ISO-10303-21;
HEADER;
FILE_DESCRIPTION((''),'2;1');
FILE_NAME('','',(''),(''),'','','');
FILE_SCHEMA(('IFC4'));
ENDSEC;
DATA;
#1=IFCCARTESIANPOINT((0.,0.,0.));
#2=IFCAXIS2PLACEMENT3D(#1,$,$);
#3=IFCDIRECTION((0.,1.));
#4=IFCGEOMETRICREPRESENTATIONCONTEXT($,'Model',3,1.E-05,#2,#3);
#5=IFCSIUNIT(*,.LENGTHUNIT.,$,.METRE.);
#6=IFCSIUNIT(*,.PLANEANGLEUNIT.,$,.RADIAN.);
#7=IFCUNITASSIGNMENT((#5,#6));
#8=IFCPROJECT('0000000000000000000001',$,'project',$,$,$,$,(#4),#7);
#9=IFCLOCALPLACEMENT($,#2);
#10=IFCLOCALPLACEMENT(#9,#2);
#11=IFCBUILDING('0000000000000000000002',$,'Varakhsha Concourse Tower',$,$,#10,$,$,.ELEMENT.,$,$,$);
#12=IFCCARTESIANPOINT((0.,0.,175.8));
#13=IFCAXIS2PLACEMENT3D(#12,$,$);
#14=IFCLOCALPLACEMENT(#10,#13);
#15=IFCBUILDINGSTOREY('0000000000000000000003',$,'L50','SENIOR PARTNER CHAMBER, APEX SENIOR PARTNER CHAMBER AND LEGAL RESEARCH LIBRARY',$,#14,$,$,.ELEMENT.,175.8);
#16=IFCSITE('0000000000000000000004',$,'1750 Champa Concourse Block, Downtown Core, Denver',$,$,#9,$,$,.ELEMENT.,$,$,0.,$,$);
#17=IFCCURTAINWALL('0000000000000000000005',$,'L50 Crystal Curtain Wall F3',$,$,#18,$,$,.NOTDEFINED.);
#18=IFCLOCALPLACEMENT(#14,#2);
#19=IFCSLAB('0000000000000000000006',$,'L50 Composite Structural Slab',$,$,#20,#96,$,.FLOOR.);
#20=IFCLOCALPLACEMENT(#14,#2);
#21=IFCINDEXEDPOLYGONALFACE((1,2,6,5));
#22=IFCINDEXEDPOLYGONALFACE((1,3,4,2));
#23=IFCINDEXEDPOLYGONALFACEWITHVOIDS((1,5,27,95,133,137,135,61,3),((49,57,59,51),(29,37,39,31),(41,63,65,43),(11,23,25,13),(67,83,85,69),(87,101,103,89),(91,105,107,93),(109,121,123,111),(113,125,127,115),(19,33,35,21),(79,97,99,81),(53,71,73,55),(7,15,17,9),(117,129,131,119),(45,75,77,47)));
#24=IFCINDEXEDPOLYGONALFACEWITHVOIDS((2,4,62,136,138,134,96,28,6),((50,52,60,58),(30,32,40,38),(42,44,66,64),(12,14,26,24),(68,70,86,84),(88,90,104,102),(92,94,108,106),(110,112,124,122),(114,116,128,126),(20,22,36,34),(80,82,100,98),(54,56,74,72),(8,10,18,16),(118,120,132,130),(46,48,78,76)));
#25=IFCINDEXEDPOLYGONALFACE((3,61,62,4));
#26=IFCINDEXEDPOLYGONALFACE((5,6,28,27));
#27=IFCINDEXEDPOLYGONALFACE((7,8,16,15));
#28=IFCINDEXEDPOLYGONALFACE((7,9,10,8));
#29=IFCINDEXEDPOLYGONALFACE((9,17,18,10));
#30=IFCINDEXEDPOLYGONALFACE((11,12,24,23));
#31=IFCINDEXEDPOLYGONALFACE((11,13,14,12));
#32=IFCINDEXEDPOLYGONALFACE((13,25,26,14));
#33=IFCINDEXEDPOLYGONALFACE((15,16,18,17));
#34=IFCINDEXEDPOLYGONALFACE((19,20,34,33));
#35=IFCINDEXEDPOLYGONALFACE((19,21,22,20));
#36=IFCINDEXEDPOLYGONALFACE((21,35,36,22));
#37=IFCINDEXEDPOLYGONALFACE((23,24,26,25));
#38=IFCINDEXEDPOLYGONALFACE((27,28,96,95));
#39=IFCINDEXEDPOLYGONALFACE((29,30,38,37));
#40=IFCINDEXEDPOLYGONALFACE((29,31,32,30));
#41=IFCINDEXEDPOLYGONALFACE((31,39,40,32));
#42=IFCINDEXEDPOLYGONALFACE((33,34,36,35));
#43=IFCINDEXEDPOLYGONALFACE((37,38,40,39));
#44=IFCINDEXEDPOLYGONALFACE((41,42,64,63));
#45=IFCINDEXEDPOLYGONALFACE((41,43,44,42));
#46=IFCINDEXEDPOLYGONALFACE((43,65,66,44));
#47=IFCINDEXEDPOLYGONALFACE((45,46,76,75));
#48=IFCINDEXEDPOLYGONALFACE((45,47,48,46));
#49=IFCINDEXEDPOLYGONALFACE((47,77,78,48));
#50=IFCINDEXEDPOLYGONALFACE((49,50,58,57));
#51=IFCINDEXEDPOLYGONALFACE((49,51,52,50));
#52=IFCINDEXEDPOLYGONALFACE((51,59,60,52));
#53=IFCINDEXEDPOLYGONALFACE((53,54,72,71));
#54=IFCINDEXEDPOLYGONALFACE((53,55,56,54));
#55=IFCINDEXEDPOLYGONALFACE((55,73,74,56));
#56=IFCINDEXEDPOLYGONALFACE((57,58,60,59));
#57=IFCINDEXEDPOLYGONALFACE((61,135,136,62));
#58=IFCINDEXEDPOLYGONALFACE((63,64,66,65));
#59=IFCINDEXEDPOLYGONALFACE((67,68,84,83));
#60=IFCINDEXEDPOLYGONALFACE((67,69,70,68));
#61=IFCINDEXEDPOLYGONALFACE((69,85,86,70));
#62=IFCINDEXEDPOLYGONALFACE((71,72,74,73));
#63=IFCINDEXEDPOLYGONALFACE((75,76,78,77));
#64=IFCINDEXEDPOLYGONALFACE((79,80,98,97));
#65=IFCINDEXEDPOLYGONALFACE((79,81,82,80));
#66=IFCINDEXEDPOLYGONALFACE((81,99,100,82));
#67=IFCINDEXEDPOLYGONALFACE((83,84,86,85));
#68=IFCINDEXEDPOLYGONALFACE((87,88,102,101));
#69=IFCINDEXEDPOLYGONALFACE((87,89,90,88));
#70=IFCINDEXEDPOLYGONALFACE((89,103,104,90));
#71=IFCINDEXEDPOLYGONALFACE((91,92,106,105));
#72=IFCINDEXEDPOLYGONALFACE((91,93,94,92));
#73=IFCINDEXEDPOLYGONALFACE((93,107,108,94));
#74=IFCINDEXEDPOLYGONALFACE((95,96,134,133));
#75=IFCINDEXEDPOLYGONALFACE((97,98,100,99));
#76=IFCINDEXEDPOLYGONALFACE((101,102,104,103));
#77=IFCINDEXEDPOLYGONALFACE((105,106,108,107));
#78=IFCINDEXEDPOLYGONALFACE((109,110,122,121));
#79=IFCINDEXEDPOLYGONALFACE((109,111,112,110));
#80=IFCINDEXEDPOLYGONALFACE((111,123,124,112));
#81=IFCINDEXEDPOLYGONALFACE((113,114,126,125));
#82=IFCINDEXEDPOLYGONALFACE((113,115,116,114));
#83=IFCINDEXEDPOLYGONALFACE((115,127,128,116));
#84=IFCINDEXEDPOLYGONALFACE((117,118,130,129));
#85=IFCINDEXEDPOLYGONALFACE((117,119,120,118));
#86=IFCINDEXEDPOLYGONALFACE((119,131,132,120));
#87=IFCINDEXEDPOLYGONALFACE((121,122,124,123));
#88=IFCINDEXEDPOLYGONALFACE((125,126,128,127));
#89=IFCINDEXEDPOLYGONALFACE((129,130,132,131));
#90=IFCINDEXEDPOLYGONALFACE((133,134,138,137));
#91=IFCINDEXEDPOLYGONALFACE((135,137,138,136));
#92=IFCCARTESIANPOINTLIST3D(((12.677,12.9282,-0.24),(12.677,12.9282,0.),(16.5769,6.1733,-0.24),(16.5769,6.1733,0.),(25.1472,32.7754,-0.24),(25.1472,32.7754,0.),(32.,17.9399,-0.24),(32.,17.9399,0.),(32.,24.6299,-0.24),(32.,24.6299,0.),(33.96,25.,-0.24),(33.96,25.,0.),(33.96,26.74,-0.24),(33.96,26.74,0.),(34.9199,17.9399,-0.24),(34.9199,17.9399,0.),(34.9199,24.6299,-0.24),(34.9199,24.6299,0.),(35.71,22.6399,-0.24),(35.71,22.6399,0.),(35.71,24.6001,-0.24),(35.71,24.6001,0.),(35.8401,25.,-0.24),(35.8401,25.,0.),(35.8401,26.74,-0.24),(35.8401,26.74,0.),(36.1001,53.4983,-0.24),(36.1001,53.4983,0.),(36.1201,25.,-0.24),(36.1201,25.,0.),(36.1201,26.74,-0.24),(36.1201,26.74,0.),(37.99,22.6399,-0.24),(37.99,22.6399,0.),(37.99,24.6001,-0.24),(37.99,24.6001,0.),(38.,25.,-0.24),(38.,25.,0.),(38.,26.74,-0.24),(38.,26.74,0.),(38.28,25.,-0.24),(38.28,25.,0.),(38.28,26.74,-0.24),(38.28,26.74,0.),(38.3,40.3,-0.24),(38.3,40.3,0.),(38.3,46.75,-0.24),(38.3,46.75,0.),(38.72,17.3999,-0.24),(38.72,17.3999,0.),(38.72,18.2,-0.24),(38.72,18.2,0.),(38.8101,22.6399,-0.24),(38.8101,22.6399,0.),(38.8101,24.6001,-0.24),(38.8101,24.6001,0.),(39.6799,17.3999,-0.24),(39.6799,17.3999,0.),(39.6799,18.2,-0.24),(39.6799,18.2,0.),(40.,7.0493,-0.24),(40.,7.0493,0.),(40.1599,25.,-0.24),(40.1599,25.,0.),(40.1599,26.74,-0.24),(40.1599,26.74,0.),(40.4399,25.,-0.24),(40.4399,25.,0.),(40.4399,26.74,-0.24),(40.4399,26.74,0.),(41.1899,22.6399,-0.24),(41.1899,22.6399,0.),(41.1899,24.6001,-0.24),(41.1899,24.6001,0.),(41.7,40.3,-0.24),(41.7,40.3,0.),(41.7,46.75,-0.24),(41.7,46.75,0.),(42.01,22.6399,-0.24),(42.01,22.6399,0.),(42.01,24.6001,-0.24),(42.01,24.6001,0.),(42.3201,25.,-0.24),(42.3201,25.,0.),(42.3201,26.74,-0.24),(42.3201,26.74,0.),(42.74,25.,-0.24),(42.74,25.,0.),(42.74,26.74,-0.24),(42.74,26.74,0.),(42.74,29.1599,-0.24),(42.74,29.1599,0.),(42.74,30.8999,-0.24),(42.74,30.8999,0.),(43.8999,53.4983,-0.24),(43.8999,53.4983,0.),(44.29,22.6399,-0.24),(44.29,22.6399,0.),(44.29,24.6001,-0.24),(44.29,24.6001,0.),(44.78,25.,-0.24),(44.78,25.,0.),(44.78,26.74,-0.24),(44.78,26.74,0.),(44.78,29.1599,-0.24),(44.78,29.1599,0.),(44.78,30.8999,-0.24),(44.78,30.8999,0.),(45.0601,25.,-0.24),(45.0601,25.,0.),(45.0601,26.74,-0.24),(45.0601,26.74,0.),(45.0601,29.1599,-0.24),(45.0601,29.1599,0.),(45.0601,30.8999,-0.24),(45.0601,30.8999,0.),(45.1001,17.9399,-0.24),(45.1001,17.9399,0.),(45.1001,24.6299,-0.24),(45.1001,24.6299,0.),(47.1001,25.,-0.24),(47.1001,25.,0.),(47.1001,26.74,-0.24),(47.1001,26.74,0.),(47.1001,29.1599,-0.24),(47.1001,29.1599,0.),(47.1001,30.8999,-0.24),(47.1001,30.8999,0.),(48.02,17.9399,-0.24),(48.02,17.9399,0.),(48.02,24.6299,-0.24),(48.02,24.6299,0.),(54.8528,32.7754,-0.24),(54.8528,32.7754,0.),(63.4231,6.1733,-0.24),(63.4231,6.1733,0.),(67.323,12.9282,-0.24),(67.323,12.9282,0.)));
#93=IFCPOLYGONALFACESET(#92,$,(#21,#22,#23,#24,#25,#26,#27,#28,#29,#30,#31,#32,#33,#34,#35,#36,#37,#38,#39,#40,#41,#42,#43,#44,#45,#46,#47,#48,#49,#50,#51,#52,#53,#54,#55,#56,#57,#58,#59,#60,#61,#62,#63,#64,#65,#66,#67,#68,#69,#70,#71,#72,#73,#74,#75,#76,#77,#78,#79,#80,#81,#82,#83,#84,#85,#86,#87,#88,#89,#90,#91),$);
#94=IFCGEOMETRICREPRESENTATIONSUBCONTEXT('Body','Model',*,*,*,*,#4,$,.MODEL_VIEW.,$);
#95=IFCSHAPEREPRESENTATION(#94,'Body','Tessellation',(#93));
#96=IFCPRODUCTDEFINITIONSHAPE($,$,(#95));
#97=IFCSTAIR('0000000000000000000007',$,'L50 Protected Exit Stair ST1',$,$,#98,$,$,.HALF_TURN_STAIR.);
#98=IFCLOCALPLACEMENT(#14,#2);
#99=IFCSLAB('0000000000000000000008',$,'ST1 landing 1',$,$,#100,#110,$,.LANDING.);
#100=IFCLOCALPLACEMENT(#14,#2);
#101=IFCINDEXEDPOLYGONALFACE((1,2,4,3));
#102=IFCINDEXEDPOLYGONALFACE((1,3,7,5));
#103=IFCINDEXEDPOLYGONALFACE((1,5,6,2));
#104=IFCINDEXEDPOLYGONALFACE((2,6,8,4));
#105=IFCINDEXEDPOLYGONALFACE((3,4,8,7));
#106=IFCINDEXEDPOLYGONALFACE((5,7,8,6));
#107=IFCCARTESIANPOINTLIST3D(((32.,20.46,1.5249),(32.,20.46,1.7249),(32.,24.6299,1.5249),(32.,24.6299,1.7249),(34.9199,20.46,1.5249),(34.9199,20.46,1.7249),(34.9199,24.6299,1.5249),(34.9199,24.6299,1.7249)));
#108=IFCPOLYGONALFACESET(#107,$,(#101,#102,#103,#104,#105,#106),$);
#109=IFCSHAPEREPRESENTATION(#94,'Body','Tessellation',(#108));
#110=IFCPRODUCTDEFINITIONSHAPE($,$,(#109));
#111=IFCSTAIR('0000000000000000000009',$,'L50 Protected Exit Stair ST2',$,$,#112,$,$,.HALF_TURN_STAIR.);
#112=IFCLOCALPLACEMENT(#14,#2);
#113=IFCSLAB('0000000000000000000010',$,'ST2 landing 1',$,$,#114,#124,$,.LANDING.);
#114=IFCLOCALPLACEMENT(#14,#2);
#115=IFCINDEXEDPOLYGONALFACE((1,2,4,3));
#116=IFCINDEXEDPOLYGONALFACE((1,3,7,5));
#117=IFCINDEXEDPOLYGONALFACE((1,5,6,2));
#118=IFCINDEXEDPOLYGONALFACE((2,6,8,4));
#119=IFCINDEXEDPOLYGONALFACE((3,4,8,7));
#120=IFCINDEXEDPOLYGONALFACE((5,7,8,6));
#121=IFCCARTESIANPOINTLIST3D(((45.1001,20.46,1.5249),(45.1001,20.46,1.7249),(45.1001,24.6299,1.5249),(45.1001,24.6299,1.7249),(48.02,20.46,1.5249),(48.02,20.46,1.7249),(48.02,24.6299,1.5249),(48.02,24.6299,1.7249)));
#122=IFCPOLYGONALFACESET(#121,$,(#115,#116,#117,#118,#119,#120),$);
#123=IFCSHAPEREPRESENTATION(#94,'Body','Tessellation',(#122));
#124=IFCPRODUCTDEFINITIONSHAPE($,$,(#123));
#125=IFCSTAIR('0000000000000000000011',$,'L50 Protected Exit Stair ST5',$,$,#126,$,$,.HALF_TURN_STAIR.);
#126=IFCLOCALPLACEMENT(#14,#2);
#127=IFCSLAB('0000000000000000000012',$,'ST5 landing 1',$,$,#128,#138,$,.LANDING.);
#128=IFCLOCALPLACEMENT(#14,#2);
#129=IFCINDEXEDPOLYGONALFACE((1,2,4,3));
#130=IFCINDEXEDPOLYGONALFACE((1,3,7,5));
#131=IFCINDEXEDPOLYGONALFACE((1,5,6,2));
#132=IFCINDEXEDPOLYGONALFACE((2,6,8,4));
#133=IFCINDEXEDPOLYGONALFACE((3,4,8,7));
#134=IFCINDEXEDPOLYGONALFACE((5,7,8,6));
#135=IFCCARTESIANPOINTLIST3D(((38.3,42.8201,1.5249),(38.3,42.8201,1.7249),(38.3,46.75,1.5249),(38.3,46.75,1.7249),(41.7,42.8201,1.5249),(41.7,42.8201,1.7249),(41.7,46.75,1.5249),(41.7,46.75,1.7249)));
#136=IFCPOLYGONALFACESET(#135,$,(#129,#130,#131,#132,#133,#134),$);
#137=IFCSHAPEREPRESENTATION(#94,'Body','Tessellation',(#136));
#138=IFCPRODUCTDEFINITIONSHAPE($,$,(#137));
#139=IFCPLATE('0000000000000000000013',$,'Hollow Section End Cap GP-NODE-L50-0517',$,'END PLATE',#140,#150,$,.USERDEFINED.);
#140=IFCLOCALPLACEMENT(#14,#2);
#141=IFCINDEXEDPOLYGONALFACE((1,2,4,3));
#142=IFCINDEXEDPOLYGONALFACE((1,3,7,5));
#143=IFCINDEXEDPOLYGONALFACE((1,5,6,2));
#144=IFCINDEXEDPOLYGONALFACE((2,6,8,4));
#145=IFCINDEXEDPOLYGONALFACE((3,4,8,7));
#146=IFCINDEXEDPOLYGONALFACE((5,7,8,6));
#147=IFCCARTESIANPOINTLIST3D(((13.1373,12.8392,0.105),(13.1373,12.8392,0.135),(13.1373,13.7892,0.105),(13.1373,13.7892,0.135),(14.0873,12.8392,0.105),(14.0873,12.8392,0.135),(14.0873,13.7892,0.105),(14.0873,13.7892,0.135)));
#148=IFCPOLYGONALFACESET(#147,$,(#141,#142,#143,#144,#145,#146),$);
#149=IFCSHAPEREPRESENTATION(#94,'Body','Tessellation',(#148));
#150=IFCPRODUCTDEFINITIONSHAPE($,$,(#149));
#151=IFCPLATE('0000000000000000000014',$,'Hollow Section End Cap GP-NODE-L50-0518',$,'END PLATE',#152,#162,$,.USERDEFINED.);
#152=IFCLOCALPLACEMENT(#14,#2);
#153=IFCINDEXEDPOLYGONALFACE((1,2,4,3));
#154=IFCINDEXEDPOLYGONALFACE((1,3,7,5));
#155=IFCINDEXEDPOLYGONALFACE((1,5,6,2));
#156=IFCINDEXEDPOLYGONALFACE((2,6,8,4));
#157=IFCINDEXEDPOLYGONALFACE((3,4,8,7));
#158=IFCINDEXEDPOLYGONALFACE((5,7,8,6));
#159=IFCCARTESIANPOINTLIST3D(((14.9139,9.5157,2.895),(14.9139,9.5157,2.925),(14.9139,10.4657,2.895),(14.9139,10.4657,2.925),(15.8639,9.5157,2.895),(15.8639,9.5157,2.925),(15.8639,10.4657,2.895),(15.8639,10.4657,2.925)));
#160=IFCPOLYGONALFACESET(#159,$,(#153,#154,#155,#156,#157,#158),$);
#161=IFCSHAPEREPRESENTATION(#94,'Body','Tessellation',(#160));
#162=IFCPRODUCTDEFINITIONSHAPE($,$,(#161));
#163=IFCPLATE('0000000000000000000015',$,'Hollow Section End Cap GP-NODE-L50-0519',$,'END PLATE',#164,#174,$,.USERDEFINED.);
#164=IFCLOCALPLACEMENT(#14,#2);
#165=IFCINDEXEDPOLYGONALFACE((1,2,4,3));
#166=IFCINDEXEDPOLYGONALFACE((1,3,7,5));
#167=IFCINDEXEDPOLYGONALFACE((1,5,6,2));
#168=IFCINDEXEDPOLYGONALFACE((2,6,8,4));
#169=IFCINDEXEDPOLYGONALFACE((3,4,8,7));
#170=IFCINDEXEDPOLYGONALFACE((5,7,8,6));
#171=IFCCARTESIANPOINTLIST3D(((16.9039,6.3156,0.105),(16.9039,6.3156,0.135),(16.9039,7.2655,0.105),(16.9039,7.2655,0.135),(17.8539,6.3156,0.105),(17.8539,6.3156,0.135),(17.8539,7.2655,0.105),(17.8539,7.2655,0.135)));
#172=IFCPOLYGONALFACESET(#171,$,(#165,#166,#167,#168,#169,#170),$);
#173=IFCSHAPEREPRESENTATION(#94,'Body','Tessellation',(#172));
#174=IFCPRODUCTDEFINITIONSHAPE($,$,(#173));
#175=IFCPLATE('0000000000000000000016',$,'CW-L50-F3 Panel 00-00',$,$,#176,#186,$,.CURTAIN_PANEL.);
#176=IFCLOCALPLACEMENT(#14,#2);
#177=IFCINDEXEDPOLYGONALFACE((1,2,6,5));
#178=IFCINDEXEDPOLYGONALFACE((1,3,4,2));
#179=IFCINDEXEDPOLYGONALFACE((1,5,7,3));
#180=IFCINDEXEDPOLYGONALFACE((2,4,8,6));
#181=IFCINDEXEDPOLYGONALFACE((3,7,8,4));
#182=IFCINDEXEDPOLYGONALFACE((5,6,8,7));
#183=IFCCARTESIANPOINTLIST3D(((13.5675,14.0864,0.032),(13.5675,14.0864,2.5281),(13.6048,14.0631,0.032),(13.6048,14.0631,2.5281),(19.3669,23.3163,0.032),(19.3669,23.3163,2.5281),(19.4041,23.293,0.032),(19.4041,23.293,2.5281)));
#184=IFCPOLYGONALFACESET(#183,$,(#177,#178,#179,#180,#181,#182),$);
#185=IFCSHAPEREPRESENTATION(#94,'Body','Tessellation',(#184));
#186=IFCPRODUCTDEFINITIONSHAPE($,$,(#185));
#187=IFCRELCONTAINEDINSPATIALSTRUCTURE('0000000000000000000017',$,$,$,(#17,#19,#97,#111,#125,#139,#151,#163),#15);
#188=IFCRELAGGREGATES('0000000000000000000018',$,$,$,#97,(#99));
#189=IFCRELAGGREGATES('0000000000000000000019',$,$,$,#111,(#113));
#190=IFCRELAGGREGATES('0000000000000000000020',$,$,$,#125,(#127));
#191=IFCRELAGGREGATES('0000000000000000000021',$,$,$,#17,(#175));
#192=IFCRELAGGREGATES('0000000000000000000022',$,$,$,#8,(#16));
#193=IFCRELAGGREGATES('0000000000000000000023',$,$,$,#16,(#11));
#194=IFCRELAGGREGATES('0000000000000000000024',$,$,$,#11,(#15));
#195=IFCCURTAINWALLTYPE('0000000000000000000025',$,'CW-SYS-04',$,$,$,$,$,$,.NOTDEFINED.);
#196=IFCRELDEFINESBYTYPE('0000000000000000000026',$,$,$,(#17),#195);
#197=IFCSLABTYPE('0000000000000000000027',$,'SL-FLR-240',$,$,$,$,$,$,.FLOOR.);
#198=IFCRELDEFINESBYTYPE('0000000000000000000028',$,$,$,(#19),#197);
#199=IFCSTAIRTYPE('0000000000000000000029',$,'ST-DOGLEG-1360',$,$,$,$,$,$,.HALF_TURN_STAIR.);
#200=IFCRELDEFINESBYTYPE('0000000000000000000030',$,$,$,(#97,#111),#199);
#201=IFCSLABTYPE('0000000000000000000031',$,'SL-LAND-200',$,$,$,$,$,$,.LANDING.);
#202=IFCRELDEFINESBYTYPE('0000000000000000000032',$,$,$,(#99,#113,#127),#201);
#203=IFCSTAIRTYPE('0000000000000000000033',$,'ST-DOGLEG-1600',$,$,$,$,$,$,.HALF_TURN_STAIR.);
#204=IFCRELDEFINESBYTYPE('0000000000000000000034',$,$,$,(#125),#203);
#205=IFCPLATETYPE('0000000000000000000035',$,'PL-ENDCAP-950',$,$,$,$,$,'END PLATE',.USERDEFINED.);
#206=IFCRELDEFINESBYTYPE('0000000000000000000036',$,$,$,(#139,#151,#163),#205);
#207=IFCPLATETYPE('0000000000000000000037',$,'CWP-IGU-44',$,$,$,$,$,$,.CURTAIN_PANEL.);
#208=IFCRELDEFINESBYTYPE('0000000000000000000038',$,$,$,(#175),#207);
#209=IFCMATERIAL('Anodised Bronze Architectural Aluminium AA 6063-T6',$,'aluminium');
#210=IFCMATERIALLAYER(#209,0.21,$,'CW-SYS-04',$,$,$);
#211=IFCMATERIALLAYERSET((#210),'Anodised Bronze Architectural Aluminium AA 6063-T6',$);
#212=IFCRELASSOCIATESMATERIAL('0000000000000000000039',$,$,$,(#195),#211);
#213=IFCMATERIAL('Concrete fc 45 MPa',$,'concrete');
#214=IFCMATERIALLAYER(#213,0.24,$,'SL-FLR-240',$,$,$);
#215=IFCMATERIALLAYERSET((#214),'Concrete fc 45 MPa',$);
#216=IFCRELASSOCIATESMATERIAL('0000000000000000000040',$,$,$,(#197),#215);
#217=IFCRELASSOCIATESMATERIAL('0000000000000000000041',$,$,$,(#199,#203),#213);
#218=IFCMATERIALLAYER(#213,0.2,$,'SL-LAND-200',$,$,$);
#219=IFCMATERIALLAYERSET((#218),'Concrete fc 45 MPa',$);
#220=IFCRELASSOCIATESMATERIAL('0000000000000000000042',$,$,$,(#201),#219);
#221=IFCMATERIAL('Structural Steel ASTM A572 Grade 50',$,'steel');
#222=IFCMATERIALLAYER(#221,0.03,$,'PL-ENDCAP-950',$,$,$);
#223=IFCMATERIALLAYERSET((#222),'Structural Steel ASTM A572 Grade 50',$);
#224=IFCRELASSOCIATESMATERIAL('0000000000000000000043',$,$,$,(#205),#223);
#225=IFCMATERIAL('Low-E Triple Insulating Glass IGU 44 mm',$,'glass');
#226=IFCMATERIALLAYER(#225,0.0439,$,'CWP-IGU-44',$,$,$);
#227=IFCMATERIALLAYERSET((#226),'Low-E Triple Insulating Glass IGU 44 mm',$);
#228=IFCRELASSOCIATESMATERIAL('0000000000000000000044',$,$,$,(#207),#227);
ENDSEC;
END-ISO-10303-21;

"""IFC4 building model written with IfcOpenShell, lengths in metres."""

from ifc_helpers import new_model, si_unit, direction, frame, origin, origin_2d, place, context, subcontext, project, spatial, polyline, rectangle, outline, extrude, source, transform, mapped, material, layer, layer_set, type_object, type_shapes, element, aggregate, save


model = new_model("IFC4")

# Units and contexts
model_context = context("Model", 3, precision=1e-05, world=origin(), true_north=direction((0.0, 1.0)))
body_context = subcontext(model_context, "Body", "Model", "MODEL_VIEW")
ifc_project = project(units=[si_unit("LENGTHUNIT", "METRE"), si_unit("PLANEANGLEUNIT", "RADIAN")], contexts=[model_context])

# Site, building, storey
site_placement = place(None, origin())
site = spatial("IfcSite", under=ifc_project, at=site_placement, Name="1750 Champa Concourse Block, Downtown Core, Denver", CompositionType="ELEMENT", RefElevation=0.0)
building_placement = place(site_placement, origin())
building = spatial("IfcBuilding", under=site, at=building_placement, Name="Varakhsha Concourse Tower", CompositionType="ELEMENT")
storey_placement = place(building_placement, frame((0.0, 0.0, 175.8)))
storey = spatial("IfcBuildingStorey", under=building, at=storey_placement, Name="L50", Description="SENIOR PARTNER CHAMBER, APEX SENIOR PARTNER CHAMBER AND LEGAL RESEARCH LIBRARY", CompositionType="ELEMENT", Elevation=175.8)

# Shared definitions
ifc_material_1 = material(Name="Structural Steel ASTM A572 Grade 50", Category="steel")

# Curtain wall
ifc_material_2 = material(Name="Anodised Bronze Architectural Aluminium AA 6063-T6", Category="aluminium")
ifc_layer_1 = layer(ifc_material_2, 0.21, Name="CW-SYS-04")
ifc_layer_set_1 = layer_set([ifc_layer_1], Name="Anodised Bronze Architectural Aluminium AA 6063-T6")
curtain_wall_type = type_object("IfcCurtainWallType", Name="CW-SYS-04", PredefinedType="NOTDEFINED", material=ifc_layer_set_1)
curtain_wall_1_placement = place(storey_placement, origin())
curtain_wall_1 = element("IfcCurtainWall", 1, at=curtain_wall_1_placement, inside=storey, type_object=curtain_wall_type, Name="L50 Crystal Curtain Wall F3", PredefinedType="NOTDEFINED")

# Slab
ifc_material_3 = material(Name="Concrete fc 45 MPa", Category="concrete")
ifc_layer_2 = layer(ifc_material_3, 0.24, Name="SL-FLR-240")
ifc_layer_set_2 = layer_set([ifc_layer_2], Name="Concrete fc 45 MPa")
slab_type_1 = type_object("IfcSlabType", Name="SL-FLR-240", PredefinedType="FLOOR", material=ifc_layer_set_2)
slab_1_placement = place(storey_placement, frame((0.0, 0.0, -0.24)))
element("IfcSlab", 2, at=slab_1_placement, inside=storey, type_object=slab_type_1, Name="L50 Composite Structural Slab", PredefinedType="FLOOR", context=body_context, shape_type="SweptSolid", body=[
    extrude(outline(polyline([(43.8999, 53.4983), (36.1001, 53.4983), (25.1472, 32.7754), (12.677, 12.9282), (16.5769, 6.1733), (40.0, 7.0493), (63.4231, 6.1733), (67.323, 12.9282), (54.8528, 32.7754), (43.8999, 53.4983)]), holes=[polyline([(34.9199, 17.9399), (34.9199, 24.6299), (32.0, 24.6299), (32.0, 17.9399), (34.9199, 17.9399)]), polyline([(48.02, 17.9399), (48.02, 24.6299), (45.1001, 24.6299), (45.1001, 17.9399), (48.02, 17.9399)]), polyline([(41.7, 40.3), (41.7, 46.75), (38.3, 46.75), (38.3, 40.3), (41.7, 40.3)]), polyline([(33.96, 25.0), (35.8401, 25.0), (35.8401, 26.74), (33.96, 26.74), (33.96, 25.0)]), polyline([(36.1201, 25.0), (38.0, 25.0), (38.0, 26.74), (36.1201, 26.74), (36.1201, 25.0)]), polyline([(38.28, 25.0), (40.1599, 25.0), (40.1599, 26.74), (38.28, 26.74), (38.28, 25.0)]), polyline([(40.4399, 25.0), (42.3201, 25.0), (42.3201, 26.74), (40.4399, 26.74), (40.4399, 25.0)]), polyline([(42.74, 29.1599), (44.78, 29.1599), (44.78, 30.8999), (42.74, 30.8999), (42.74, 29.1599)]), polyline([(45.0601, 29.1599), (47.1001, 29.1599), (47.1001, 30.8999), (45.0601, 30.8999), (45.0601, 29.1599)]), polyline([(42.74, 25.0), (44.78, 25.0), (44.78, 26.74), (42.74, 26.74), (42.74, 25.0)]), polyline([(45.0601, 25.0), (47.1001, 25.0), (47.1001, 26.74), (45.0601, 26.74), (45.0601, 25.0)]), polyline([(35.71, 22.6399), (37.99, 22.6399), (37.99, 24.6001), (35.71, 24.6001), (35.71, 22.6399)]), polyline([(42.01, 22.6399), (44.29, 22.6399), (44.29, 24.6001), (42.01, 24.6001), (42.01, 22.6399)]), polyline([(38.8101, 22.6399), (41.1899, 22.6399), (41.1899, 24.6001), (38.8101, 24.6001), (38.8101, 22.6399)]), polyline([(38.72, 17.3999), (39.6799, 17.3999), (39.6799, 18.2), (38.72, 18.2), (38.72, 17.3999)])]), origin(), (0.0, 0.0, 1.0), 0.24),
])

# Stairs, slabs
stair_type_1 = type_object("IfcStairType", Name="ST-DOGLEG-1360", PredefinedType="HALF_TURN_STAIR", material=ifc_material_3)
stair_1_placement = place(storey_placement, origin())
stair_1 = element("IfcStair", 3, at=stair_1_placement, inside=storey, type_object=stair_type_1, Name="L50 Protected Exit Stair ST1", PredefinedType="HALF_TURN_STAIR")
ifc_layer_3 = layer(ifc_material_3, 0.2, Name="SL-LAND-200")
ifc_layer_set_3 = layer_set([ifc_layer_3], Name="Concrete fc 45 MPa")
slab_type_2 = type_object("IfcSlabType", Name="SL-LAND-200", PredefinedType="LANDING", material=ifc_layer_set_3)
slab_2_placement = place(storey_placement, frame((0.0, 0.0, 1.5249)))
slab_2 = element("IfcSlab", 4, at=slab_2_placement, type_object=slab_type_2, Name="ST1 landing 1", PredefinedType="LANDING", context=body_context, shape_type="SweptSolid", body=[
    extrude(outline(polyline([(34.9199, 20.46), (34.9199, 24.6299), (32.0, 24.6299), (32.0, 20.46), (34.9199, 20.46)])), origin(), (0.0, 0.0, 1.0), 0.2),
])
aggregate(stair_1, [slab_2])
stair_2_placement = place(storey_placement, origin())
stair_2 = element("IfcStair", 5, at=stair_2_placement, inside=storey, type_object=stair_type_1, Name="L50 Protected Exit Stair ST2", PredefinedType="HALF_TURN_STAIR")
slab_3_placement = place(storey_placement, frame((0.0, 0.0, 1.5249)))
slab_3 = element("IfcSlab", 6, at=slab_3_placement, type_object=slab_type_2, Name="ST2 landing 1", PredefinedType="LANDING", context=body_context, shape_type="SweptSolid", body=[
    extrude(outline(polyline([(48.02, 20.46), (48.02, 24.6299), (45.1001, 24.6299), (45.1001, 20.46), (48.02, 20.46)])), origin(), (0.0, 0.0, 1.0), 0.2),
])
aggregate(stair_2, [slab_3])
stair_type_2 = type_object("IfcStairType", Name="ST-DOGLEG-1600", PredefinedType="HALF_TURN_STAIR", material=ifc_material_3)
stair_3_placement = place(storey_placement, origin())
stair_3 = element("IfcStair", 7, at=stair_3_placement, inside=storey, type_object=stair_type_2, Name="L50 Protected Exit Stair ST5", PredefinedType="HALF_TURN_STAIR")
slab_4_placement = place(storey_placement, frame((0.0, 0.0, 1.5249)))
slab_4 = element("IfcSlab", 8, at=slab_4_placement, type_object=slab_type_2, Name="ST5 landing 1", PredefinedType="LANDING", context=body_context, shape_type="SweptSolid", body=[
    extrude(outline(polyline([(41.7, 42.8201), (41.7, 46.75), (38.3, 46.75), (38.3, 42.8201), (41.7, 42.8201)])), origin(), (0.0, 0.0, 1.0), 0.2),
])
aggregate(stair_3, [slab_4])

# Plates
ifc_layer_4 = layer(ifc_material_1, 0.03, Name="PL-ENDCAP-950")
ifc_layer_set_4 = layer_set([ifc_layer_4], Name="Structural Steel ASTM A572 Grade 50")
plate_type_1 = type_object("IfcPlateType", Name="PL-ENDCAP-950", ElementType="END PLATE", PredefinedType="USERDEFINED", material=ifc_layer_set_4)
shared_shape_1 = source(origin(), body_context, "Body", "SweptSolid", [
    extrude(rectangle(XDim=0.95, YDim=0.95, at=origin_2d()), origin(), (0.0, 0.0, 1.0), 0.03),
])
type_shapes(plate_type_1, [shared_shape_1])
for number, where, z_axis, x_axis, name in (
    (9, (13.6123, 13.3142, 0.105), (0.0, 0.0, 1.0), (1.0, 0.0, 0.0), "Hollow Section End Cap GP-NODE-L50-0517"),
    (10, (15.3889, 9.9907, 2.895), (0.0, 0.0, 1.0), (1.0, 0.0, 0.0), "Hollow Section End Cap GP-NODE-L50-0518"),
    (11, (17.3789, 6.7905, 0.105), (0.0, 0.0, 1.0), (1.0, 0.0, 0.0), "Hollow Section End Cap GP-NODE-L50-0519"),
):
    element("IfcPlate", number, at=place(storey_placement, frame(where, z_axis=z_axis, x_axis=x_axis)), inside=storey, type_object=plate_type_1, Name=name, ObjectType="END PLATE", PredefinedType="USERDEFINED", context=body_context, shape_type="MappedRepresentation", body=[
        mapped(shared_shape_1, transform((0.0, 0.0, 0.0), scale=1.0)),
    ])

# Plate
ifc_material_4 = material(Name="Low-E Triple Insulating Glass IGU 44 mm", Category="glass")
ifc_layer_5 = layer(ifc_material_4, 0.0439, Name="CWP-IGU-44")
ifc_layer_set_5 = layer_set([ifc_layer_5], Name="Low-E Triple Insulating Glass IGU 44 mm")
plate_type_2 = type_object("IfcPlateType", Name="CWP-IGU-44", PredefinedType="CURTAIN_PANEL", material=ifc_layer_set_5)
shared_shape_2 = source(origin(), body_context, "Body", "SweptSolid", [
    extrude(rectangle(XDim=10.9006, YDim=0.0439, at=origin_2d()), origin(), (0.0, 0.0, 1.0), 2.4961),
])
type_shapes(plate_type_2, [shared_shape_2])
plate_1_placement = place(storey_placement, frame((16.4858, 18.6897, 0.032), z_axis=(0.0, 0.0, 1.0), x_axis=(0.532022, 0.84673, 0.0)))
plate_1 = element("IfcPlate", 12, at=plate_1_placement, type_object=plate_type_2, Name="CW-L50-F3 Panel 00-00", PredefinedType="CURTAIN_PANEL", context=body_context, shape_type="MappedRepresentation", body=[
    mapped(shared_shape_2, transform((0.0, 0.0, 0.0), scale=1.0)),
])
aggregate(curtain_wall_1, [plate_1])

save(model, "model.ifc")
